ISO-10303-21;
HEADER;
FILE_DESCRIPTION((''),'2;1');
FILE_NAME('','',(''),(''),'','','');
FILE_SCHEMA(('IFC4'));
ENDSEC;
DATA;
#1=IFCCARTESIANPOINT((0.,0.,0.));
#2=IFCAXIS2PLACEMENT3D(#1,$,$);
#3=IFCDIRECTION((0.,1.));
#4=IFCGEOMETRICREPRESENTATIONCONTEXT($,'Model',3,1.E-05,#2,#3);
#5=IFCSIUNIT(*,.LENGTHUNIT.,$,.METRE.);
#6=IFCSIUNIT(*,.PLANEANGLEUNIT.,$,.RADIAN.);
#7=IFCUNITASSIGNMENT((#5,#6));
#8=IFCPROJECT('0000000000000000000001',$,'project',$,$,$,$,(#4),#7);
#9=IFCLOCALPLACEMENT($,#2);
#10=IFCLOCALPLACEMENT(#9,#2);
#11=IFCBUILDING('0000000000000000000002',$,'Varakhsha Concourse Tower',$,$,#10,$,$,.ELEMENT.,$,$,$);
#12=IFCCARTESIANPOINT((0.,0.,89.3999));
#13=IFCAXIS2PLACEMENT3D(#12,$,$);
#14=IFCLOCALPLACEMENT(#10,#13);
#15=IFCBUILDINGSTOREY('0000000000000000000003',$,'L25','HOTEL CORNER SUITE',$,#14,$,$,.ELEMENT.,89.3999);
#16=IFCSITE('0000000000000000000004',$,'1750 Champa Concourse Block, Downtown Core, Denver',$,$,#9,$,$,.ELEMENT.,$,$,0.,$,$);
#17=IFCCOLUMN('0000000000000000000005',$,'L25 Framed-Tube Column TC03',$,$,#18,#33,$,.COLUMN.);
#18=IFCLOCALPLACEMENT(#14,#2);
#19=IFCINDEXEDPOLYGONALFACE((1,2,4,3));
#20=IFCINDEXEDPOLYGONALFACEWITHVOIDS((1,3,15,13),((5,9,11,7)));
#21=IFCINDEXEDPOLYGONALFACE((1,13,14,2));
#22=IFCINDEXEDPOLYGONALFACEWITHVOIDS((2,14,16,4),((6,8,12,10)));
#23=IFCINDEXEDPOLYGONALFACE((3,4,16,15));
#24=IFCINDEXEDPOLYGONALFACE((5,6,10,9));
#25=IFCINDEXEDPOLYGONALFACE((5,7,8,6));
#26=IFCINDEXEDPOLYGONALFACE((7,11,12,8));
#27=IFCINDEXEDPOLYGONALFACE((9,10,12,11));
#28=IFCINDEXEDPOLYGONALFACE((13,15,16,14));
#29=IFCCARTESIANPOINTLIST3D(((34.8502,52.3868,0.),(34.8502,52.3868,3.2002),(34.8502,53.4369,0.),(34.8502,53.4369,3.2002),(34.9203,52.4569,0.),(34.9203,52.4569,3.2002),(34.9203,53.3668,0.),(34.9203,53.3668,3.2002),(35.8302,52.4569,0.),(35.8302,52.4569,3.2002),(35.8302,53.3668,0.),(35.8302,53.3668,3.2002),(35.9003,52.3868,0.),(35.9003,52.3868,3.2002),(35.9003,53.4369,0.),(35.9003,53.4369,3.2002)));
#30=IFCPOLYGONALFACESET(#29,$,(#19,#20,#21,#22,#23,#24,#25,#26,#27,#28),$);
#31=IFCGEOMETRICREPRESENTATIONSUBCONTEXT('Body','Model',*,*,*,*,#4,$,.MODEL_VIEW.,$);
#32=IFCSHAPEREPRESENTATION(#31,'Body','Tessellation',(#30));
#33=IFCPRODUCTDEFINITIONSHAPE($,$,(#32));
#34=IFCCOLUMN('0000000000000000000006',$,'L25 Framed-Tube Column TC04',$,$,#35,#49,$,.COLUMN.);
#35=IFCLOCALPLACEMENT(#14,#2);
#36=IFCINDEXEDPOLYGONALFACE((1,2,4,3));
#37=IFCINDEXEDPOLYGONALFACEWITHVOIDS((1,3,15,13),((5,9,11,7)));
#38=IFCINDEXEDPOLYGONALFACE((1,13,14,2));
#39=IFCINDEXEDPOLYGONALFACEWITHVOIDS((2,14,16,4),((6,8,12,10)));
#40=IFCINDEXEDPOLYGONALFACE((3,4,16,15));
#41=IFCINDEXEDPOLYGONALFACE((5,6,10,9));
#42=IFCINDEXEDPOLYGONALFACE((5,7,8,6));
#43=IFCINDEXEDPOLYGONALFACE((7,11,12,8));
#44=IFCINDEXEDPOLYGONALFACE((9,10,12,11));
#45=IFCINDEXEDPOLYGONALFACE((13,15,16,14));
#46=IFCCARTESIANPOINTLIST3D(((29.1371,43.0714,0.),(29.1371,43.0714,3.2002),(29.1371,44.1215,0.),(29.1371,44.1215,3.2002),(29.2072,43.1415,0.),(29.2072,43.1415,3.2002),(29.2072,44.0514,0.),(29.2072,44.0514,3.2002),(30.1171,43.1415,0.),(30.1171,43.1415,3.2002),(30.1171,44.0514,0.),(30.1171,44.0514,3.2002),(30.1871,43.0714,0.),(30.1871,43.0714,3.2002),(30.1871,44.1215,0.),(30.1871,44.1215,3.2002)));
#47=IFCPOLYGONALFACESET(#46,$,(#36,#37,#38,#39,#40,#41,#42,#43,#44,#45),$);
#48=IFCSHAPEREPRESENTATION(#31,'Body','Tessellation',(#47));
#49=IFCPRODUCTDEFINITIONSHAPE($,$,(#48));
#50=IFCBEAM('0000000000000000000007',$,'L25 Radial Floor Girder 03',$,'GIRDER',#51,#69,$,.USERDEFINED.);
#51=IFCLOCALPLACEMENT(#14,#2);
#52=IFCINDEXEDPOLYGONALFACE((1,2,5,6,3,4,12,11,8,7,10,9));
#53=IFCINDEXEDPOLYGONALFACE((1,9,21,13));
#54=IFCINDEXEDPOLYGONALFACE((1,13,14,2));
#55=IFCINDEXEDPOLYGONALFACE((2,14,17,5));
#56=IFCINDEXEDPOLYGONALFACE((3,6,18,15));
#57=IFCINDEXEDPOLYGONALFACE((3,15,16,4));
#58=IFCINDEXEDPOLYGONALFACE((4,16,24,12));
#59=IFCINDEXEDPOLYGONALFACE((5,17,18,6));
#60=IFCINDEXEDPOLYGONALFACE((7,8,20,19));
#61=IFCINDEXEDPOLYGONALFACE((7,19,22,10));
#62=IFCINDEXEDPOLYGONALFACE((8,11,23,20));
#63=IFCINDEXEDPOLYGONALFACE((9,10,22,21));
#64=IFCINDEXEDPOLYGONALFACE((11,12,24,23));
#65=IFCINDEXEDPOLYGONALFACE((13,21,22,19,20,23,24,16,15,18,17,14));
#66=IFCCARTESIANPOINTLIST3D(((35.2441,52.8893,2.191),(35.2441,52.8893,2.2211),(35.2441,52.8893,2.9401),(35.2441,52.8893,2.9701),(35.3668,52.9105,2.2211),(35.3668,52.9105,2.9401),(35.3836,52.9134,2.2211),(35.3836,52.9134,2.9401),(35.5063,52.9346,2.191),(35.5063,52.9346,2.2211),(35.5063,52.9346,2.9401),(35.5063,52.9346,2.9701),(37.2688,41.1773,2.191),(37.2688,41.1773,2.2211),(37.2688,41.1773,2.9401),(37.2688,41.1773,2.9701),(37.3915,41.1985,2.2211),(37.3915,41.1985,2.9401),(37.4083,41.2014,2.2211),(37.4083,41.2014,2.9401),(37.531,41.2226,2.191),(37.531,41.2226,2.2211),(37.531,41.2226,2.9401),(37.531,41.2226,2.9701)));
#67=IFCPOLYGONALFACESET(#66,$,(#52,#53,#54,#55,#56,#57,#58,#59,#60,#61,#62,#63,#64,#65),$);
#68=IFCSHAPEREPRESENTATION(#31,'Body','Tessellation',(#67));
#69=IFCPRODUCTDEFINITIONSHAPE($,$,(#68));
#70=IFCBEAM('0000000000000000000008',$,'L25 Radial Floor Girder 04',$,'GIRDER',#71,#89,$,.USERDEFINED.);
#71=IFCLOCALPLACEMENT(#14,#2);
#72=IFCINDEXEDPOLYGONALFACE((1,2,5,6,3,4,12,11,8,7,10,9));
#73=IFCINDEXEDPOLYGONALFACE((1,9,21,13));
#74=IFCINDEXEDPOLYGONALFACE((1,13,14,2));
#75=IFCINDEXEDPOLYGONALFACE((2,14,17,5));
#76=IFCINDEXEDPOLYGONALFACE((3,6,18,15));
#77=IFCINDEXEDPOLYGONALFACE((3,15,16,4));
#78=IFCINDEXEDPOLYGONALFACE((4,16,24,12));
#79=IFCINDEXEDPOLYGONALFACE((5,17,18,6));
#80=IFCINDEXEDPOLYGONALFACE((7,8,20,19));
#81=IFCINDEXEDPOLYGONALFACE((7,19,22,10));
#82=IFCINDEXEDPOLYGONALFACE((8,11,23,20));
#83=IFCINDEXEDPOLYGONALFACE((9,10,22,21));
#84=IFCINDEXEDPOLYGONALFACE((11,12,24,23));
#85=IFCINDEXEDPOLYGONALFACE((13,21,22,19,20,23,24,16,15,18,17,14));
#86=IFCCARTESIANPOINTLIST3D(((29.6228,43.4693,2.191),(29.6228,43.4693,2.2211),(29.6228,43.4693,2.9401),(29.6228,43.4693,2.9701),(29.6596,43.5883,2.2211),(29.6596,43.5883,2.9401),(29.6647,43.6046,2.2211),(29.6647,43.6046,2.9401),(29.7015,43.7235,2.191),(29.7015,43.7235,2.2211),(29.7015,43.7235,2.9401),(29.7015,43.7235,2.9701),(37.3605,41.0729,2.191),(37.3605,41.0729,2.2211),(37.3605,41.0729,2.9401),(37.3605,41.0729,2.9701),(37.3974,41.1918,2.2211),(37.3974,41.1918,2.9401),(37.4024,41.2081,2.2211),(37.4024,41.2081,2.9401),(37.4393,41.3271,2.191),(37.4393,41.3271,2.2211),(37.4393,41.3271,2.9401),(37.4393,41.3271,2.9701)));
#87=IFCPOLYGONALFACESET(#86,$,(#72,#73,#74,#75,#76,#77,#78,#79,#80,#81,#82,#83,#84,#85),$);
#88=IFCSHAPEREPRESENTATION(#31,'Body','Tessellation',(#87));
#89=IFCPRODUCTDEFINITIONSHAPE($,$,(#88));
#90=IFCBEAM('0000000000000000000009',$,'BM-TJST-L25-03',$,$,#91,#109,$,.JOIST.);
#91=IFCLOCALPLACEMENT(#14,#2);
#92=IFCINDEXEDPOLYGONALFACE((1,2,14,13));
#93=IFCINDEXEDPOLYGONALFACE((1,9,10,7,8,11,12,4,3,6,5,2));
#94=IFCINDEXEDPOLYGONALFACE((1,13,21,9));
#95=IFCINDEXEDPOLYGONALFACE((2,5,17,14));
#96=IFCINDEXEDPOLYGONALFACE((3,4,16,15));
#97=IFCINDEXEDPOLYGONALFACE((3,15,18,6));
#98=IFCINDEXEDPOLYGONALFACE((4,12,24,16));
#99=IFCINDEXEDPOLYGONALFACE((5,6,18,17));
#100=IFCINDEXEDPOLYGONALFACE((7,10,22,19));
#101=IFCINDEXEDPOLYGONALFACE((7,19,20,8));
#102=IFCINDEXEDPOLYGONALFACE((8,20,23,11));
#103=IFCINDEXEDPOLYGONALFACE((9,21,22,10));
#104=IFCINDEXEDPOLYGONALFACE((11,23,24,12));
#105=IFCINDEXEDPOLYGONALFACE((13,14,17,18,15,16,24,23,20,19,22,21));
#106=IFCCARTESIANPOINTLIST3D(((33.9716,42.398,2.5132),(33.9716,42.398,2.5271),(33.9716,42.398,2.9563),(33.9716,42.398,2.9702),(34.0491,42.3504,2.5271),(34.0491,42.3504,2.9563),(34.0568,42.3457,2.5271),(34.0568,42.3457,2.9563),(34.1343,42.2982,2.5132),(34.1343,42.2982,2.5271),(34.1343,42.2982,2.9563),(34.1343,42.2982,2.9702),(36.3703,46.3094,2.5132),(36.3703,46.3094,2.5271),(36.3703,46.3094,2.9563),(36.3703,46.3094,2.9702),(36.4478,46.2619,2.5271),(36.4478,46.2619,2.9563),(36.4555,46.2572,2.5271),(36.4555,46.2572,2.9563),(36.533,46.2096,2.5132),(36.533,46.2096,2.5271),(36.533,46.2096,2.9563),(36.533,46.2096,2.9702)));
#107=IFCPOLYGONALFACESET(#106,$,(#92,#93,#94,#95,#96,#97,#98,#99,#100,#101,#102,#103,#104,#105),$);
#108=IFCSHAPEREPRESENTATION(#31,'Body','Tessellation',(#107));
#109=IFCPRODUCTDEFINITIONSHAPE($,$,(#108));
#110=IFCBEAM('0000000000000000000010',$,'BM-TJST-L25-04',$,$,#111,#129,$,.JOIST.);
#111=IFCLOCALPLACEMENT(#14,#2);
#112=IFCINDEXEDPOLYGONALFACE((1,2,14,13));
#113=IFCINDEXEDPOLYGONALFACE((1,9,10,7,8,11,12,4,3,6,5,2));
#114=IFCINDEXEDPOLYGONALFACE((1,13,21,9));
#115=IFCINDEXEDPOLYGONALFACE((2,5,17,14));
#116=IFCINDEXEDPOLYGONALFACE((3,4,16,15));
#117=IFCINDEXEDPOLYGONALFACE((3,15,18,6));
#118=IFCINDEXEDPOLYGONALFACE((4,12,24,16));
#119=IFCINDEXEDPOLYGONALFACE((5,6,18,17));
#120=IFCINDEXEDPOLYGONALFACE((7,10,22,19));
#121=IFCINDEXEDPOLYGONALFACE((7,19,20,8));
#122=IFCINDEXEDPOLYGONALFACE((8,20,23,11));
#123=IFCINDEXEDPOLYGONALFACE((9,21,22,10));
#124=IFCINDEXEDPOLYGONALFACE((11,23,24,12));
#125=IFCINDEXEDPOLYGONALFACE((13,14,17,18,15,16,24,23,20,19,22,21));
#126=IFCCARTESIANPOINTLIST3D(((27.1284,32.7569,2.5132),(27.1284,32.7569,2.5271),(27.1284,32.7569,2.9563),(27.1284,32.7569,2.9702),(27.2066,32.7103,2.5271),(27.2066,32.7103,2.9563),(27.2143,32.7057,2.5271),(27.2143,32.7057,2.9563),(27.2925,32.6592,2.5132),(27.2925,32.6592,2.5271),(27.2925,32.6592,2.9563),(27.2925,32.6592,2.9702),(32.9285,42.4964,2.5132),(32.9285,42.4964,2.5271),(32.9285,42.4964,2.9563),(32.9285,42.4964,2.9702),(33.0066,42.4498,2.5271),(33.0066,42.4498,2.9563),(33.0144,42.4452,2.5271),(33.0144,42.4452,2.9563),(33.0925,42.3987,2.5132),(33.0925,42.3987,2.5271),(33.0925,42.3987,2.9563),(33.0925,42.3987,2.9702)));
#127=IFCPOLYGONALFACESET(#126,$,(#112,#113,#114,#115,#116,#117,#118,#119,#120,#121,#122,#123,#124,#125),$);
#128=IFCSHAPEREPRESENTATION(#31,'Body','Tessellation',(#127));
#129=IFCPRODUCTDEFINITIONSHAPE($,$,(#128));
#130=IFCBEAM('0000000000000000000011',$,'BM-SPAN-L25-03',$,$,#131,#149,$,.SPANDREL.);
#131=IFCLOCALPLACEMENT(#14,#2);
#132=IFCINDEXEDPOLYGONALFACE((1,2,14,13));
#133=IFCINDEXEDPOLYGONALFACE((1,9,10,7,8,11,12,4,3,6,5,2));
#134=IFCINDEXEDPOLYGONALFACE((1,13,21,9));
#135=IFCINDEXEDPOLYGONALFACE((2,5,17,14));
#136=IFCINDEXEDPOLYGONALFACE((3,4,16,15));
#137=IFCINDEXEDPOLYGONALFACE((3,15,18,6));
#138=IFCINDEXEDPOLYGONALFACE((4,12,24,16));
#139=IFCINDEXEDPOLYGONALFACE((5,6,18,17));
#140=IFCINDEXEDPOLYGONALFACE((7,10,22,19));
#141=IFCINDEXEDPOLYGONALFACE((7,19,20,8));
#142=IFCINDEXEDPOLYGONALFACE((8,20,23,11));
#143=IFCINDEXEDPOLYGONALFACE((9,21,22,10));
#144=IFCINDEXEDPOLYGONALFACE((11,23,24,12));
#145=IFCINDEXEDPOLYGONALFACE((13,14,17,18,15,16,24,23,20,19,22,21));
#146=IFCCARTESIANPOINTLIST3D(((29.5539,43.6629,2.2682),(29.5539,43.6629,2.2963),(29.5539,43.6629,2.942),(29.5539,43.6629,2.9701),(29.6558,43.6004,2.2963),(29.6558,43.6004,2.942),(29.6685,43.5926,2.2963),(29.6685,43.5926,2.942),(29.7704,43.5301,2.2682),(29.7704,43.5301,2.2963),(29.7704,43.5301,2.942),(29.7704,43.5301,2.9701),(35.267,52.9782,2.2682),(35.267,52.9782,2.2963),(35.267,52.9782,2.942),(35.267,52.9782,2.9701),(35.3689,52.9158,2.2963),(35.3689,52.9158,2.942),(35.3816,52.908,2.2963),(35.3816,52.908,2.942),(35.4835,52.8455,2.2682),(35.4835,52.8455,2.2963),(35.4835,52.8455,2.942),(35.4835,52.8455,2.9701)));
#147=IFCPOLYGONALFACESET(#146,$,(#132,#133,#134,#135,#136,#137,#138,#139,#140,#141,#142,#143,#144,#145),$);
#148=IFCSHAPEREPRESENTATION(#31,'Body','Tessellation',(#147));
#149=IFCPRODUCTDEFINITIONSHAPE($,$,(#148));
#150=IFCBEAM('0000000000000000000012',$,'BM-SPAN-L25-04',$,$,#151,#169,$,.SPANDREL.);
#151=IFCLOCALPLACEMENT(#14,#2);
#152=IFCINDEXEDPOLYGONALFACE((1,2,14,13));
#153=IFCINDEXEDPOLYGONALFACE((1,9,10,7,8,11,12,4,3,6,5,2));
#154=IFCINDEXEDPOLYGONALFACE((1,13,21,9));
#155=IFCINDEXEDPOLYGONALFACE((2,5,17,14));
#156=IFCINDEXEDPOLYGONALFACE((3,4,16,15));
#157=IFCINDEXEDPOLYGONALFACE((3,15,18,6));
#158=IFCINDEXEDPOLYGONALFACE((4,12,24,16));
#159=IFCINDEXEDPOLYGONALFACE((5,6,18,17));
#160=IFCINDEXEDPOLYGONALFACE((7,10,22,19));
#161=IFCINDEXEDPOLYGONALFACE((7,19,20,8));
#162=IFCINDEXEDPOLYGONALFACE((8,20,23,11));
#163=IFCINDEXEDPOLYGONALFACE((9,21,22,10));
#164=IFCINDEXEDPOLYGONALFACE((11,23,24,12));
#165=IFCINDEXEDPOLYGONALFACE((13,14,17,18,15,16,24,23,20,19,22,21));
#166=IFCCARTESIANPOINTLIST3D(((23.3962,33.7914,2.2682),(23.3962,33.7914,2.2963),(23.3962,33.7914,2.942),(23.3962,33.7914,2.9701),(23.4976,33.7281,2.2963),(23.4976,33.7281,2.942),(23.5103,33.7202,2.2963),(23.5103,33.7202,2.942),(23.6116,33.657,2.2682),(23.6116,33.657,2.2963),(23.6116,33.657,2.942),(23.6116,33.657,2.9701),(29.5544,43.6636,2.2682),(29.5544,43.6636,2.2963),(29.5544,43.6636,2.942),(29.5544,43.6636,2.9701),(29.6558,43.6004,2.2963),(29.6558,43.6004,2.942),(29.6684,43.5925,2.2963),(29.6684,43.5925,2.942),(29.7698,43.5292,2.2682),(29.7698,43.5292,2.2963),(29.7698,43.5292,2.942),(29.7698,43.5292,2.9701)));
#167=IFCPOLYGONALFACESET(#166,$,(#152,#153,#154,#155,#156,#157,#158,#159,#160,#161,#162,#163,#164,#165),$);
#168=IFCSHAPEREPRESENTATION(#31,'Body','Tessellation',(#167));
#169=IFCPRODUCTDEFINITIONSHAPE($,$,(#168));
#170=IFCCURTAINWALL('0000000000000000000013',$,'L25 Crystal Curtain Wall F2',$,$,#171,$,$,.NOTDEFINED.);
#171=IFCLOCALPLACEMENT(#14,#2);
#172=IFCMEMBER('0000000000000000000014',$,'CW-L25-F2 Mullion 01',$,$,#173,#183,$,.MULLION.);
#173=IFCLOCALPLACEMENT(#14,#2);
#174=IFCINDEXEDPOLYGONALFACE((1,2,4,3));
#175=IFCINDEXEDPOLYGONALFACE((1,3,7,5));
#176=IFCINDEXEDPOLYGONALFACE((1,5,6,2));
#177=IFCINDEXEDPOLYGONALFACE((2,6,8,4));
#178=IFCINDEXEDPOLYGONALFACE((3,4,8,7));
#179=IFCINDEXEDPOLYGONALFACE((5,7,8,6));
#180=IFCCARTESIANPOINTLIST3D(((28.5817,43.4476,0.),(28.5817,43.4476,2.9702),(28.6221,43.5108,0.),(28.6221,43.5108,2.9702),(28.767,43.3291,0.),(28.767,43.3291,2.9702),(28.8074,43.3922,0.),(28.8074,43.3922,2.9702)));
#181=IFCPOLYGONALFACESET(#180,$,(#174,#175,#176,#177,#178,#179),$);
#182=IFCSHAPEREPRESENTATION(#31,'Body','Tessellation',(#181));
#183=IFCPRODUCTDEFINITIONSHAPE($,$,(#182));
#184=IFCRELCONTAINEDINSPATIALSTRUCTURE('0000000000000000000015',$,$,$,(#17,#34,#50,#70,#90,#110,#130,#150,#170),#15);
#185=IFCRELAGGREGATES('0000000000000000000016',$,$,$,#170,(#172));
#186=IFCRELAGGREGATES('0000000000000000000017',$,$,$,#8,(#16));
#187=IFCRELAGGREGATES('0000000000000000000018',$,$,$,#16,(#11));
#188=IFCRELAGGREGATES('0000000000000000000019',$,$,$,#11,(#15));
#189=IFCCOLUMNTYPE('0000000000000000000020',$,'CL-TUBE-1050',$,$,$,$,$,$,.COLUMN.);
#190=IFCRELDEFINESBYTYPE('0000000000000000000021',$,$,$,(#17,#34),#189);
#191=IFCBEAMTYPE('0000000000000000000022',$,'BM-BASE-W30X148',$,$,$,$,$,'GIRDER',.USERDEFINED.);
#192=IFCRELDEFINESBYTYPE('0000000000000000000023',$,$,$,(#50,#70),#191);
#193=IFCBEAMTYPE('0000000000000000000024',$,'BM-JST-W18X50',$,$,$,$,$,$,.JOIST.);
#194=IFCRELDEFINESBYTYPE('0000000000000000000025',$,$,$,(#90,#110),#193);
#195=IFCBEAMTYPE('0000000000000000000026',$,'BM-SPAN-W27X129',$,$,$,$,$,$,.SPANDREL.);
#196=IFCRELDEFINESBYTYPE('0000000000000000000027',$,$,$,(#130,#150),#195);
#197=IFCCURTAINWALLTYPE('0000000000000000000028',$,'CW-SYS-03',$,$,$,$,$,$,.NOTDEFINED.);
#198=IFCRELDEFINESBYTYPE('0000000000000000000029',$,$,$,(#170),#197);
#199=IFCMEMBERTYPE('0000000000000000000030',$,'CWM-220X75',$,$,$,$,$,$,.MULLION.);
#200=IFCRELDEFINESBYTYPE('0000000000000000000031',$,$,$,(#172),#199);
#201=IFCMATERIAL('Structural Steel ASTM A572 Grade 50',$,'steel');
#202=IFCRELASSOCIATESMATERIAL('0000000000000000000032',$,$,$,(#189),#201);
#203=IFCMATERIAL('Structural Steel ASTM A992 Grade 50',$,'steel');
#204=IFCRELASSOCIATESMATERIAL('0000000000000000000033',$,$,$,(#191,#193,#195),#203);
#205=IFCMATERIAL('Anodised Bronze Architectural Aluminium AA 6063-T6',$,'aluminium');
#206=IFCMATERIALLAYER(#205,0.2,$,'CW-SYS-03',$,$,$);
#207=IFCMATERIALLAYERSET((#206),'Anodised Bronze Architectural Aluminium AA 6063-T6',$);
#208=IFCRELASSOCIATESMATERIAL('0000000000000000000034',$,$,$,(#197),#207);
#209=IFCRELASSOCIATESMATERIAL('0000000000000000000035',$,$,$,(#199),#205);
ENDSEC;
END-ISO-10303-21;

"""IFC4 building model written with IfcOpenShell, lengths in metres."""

from ifc_helpers import new_model, si_unit, direction, frame, origin, origin_2d, place, context, subcontext, project, spatial, rectangle, hollow_rectangle, i_section, extrude, source, transform, mapped, material, layer, layer_set, material_profile, profile_set, type_object, type_shapes, element, aggregate, save


model = new_model("IFC4")

# Units and contexts
model_context = context("Model", 3, precision=1e-05, world=origin(), true_north=direction((0.0, 1.0)))
body_context = subcontext(model_context, "Body", "Model", "MODEL_VIEW")
ifc_project = project(units=[si_unit("LENGTHUNIT", "METRE"), si_unit("PLANEANGLEUNIT", "RADIAN")], contexts=[model_context])

# Site, building, storey
site_placement = place(None, origin())
site = spatial("IfcSite", under=ifc_project, at=site_placement, Name="1750 Champa Concourse Block, Downtown Core, Denver", CompositionType="ELEMENT", RefElevation=0.0)
building_placement = place(site_placement, origin())
building = spatial("IfcBuilding", under=site, at=building_placement, Name="Varakhsha Concourse Tower", CompositionType="ELEMENT")
storey_placement = place(building_placement, frame((0.0, 0.0, 89.3999)))
storey = spatial("IfcBuildingStorey", under=building, at=storey_placement, Name="L25", Description="HOTEL CORNER SUITE", CompositionType="ELEMENT", Elevation=89.3999)

# Columns
ifc_material_1 = material(Name="Structural Steel ASTM A572 Grade 50", Category="steel")
ifc_material_profile_1 = material_profile(ifc_material_1, hollow_rectangle(XDim=1.05, YDim=1.05, WallThickness=0.0701, at=origin_2d()), Name="BOX 1050x1050x70")
ifc_profile_set_1 = profile_set([ifc_material_profile_1], Name="Structural Steel ASTM A572 Grade 50")
column_type = type_object("IfcColumnType", Name="CL-TUBE-1050", PredefinedType="COLUMN", material=ifc_profile_set_1)
for number, where, z_axis, x_axis, name in (
    (1, (35.3752, 52.9119, 0.0), (0.0, 0.0, 1.0), (1.0, 0.0, 0.0), "L25 Framed-Tube Column TC03"),
    (2, (29.6621, 43.5964, 0.0), (0.0, 0.0, 1.0), (1.0, 0.0, 0.0), "L25 Framed-Tube Column TC04"),
):
    element("IfcColumn", number, at=place(storey_placement, frame(where, z_axis=z_axis, x_axis=x_axis)), inside=storey, type_object=column_type, Name=name, PredefinedType="COLUMN", context=body_context, shape_type="SweptSolid", body=[
        extrude(hollow_rectangle(XDim=1.05, YDim=1.05, WallThickness=0.0701, at=origin_2d()), origin(), (0.0, 0.0, 1.0), 3.2002),
    ])

# Beams
ifc_material_2 = material(Name="Structural Steel ASTM A992 Grade 50", Category="steel")
ifc_material_profile_2 = material_profile(ifc_material_2, i_section(OverallWidth=0.2661, OverallDepth=0.7791, WebThickness=0.0171, FlangeThickness=0.03, at=origin_2d()), Name="W30X148")
ifc_profile_set_2 = profile_set([ifc_material_profile_2], Name="Structural Steel ASTM A992 Grade 50")
beam_type_1 = type_object("IfcBeamType", Name="BM-BASE-W30X148", ElementType="GIRDER", PredefinedType="USERDEFINED", material=ifc_profile_set_2)
beam_1_placement = place(storey_placement, frame((37.3999, 41.2, 2.5806), z_axis=(-0.170345, 0.985384, 0.0), x_axis=(-0.985384, -0.170345, 0.0)))
element("IfcBeam", 3, at=beam_1_placement, inside=storey, type_object=beam_type_1, Name="L25 Radial Floor Girder 03", ObjectType="GIRDER", PredefinedType="USERDEFINED", context=body_context, shape_type="SweptSolid", body=[
    extrude(i_section(OverallWidth=0.2661, OverallDepth=0.7791, WebThickness=0.0171, FlangeThickness=0.03, at=origin_2d()), origin(), (0.0, 0.0, 1.0), 11.8857),
])
beam_2_placement = place(storey_placement, frame((37.3999, 41.2, 2.5806), z_axis=(-0.955235, 0.295847, 0.0), x_axis=(-0.295847, -0.955235, 0.0)))
element("IfcBeam", 4, at=beam_2_placement, inside=storey, type_object=beam_type_1, Name="L25 Radial Floor Girder 04", ObjectType="GIRDER", PredefinedType="USERDEFINED", context=body_context, shape_type="SweptSolid", body=[
    extrude(i_section(OverallWidth=0.2661, OverallDepth=0.7791, WebThickness=0.0171, FlangeThickness=0.03, at=origin_2d()), origin(), (0.0, 0.0, 1.0), 8.1003),
])
ifc_material_profile_3 = material_profile(ifc_material_2, i_section(OverallWidth=0.1909, OverallDepth=0.457, WebThickness=0.009, FlangeThickness=0.0139, at=origin_2d()), Name="W18X50")
ifc_profile_set_3 = profile_set([ifc_material_profile_3], Name="Structural Steel ASTM A992 Grade 50")
beam_type_2 = type_object("IfcBeamType", Name="BM-JST-W18X50", PredefinedType="JOIST", material=ifc_profile_set_3)
beam_3_placement = place(storey_placement, frame((36.4517, 46.2595, 2.7417), z_axis=(-0.522782, -0.852467, 0.0), x_axis=(0.852467, -0.522782, 0.0)))
element("IfcBeam", 5, at=beam_3_placement, inside=storey, type_object=beam_type_2, Name="BM-TJST-L25-03", PredefinedType="JOIST", context=body_context, shape_type="SweptSolid", body=[
    extrude(i_section(OverallWidth=0.1909, OverallDepth=0.457, WebThickness=0.009, FlangeThickness=0.0139, at=origin_2d()), origin(), (0.0, 0.0, 1.0), 4.5884),
])
beam_4_placement = place(storey_placement, frame((33.0105, 42.4475, 2.7417), z_axis=(-0.511661, -0.859187, 0.0), x_axis=(0.859187, -0.511661, 0.0)))
element("IfcBeam", 6, at=beam_4_placement, inside=storey, type_object=beam_type_2, Name="BM-TJST-L25-04", PredefinedType="JOIST", context=body_context, shape_type="SweptSolid", body=[
    extrude(i_section(OverallWidth=0.1909, OverallDepth=0.457, WebThickness=0.009, FlangeThickness=0.0139, at=origin_2d()), origin(), (0.0, 0.0, 1.0), 11.3357),
])
ifc_material_profile_4 = material_profile(ifc_material_2, i_section(OverallWidth=0.2539, OverallDepth=0.7019, WebThickness=0.0149, FlangeThickness=0.0281, at=origin_2d()), Name="W27X129")
ifc_profile_set_4 = profile_set([ifc_material_profile_4], Name="Structural Steel ASTM A992 Grade 50")
beam_type_3 = type_object("IfcBeamType", Name="BM-SPAN-W27X129", PredefinedType="SPANDREL", material=ifc_profile_set_4)
beam_5_placement = place(storey_placement, frame((35.3752, 52.9119, 2.6191), z_axis=(-0.522807, -0.852451, 0.0), x_axis=(0.852451, -0.522807, 0.0)))
element("IfcBeam", 7, at=beam_5_placement, inside=storey, type_object=beam_type_3, Name="BM-SPAN-L25-03", PredefinedType="SPANDREL", context=body_context, shape_type="SweptSolid", body=[
    extrude(i_section(OverallWidth=0.2539, OverallDepth=0.7019, WebThickness=0.0149, FlangeThickness=0.0281, at=origin_2d()), origin(), (0.0, 0.0, 1.0), 10.9277),
])
beam_6_placement = place(storey_placement, frame((29.6621, 43.5964, 2.6191), z_axis=(-0.529258, -0.848461, 0.0), x_axis=(0.848461, -0.529258, 0.0)))
element("IfcBeam", 8, at=beam_6_placement, inside=storey, type_object=beam_type_3, Name="BM-SPAN-L25-04", PredefinedType="SPANDREL", context=body_context, shape_type="SweptSolid", body=[
    extrude(i_section(OverallWidth=0.2539, OverallDepth=0.7019, WebThickness=0.0149, FlangeThickness=0.0281, at=origin_2d()), origin(), (0.0, 0.0, 1.0), 11.6355),
])

# Curtain wall, member
ifc_material_3 = material(Name="Anodised Bronze Architectural Aluminium AA 6063-T6", Category="aluminium")
ifc_layer_1 = layer(ifc_material_3, 0.2, Name="CW-SYS-03")
ifc_layer_set_1 = layer_set([ifc_layer_1], Name="Anodised Bronze Architectural Aluminium AA 6063-T6")
curtain_wall_type = type_object("IfcCurtainWallType", Name="CW-SYS-03", PredefinedType="NOTDEFINED", material=ifc_layer_set_1)
curtain_wall_placement = place(storey_placement, origin())
curtain_wall = element("IfcCurtainWall", 9, at=curtain_wall_placement, inside=storey, type_object=curtain_wall_type, Name="L25 Crystal Curtain Wall F2", PredefinedType="NOTDEFINED")
ifc_material_profile_5 = material_profile(ifc_material_3, rectangle(XDim=0.075, YDim=0.22, at=origin_2d()), Name="CWM-220X75")
ifc_profile_set_5 = profile_set([ifc_material_profile_5], Name="Anodised Bronze Architectural Aluminium AA 6063-T6")
member_type = type_object("IfcMemberType", Name="CWM-220X75", PredefinedType="MULLION", material=ifc_profile_set_5)
shared_shape_1 = source(origin(), body_context, "Body", "SweptSolid", [
    extrude(rectangle(XDim=0.075, YDim=0.22, at=origin_2d()), origin(), (0.0, 0.0, 1.0), 2.9702),
])
type_shapes(member_type, [shared_shape_1])
member_1_placement = place(storey_placement, frame((28.6946, 43.4199, 0.0), z_axis=(0.0, 0.0, 1.0), x_axis=(0.538787, 0.842442, 0.0)))
member_1 = element("IfcMember", 10, at=member_1_placement, type_object=member_type, Name="CW-L25-F2 Mullion 01", PredefinedType="MULLION", context=body_context, shape_type="MappedRepresentation", body=[
    mapped(shared_shape_1, transform((0.0, 0.0, 0.0), scale=1.0)),
])

aggregate(curtain_wall, [member_1])

save(model, "model.ifc")
